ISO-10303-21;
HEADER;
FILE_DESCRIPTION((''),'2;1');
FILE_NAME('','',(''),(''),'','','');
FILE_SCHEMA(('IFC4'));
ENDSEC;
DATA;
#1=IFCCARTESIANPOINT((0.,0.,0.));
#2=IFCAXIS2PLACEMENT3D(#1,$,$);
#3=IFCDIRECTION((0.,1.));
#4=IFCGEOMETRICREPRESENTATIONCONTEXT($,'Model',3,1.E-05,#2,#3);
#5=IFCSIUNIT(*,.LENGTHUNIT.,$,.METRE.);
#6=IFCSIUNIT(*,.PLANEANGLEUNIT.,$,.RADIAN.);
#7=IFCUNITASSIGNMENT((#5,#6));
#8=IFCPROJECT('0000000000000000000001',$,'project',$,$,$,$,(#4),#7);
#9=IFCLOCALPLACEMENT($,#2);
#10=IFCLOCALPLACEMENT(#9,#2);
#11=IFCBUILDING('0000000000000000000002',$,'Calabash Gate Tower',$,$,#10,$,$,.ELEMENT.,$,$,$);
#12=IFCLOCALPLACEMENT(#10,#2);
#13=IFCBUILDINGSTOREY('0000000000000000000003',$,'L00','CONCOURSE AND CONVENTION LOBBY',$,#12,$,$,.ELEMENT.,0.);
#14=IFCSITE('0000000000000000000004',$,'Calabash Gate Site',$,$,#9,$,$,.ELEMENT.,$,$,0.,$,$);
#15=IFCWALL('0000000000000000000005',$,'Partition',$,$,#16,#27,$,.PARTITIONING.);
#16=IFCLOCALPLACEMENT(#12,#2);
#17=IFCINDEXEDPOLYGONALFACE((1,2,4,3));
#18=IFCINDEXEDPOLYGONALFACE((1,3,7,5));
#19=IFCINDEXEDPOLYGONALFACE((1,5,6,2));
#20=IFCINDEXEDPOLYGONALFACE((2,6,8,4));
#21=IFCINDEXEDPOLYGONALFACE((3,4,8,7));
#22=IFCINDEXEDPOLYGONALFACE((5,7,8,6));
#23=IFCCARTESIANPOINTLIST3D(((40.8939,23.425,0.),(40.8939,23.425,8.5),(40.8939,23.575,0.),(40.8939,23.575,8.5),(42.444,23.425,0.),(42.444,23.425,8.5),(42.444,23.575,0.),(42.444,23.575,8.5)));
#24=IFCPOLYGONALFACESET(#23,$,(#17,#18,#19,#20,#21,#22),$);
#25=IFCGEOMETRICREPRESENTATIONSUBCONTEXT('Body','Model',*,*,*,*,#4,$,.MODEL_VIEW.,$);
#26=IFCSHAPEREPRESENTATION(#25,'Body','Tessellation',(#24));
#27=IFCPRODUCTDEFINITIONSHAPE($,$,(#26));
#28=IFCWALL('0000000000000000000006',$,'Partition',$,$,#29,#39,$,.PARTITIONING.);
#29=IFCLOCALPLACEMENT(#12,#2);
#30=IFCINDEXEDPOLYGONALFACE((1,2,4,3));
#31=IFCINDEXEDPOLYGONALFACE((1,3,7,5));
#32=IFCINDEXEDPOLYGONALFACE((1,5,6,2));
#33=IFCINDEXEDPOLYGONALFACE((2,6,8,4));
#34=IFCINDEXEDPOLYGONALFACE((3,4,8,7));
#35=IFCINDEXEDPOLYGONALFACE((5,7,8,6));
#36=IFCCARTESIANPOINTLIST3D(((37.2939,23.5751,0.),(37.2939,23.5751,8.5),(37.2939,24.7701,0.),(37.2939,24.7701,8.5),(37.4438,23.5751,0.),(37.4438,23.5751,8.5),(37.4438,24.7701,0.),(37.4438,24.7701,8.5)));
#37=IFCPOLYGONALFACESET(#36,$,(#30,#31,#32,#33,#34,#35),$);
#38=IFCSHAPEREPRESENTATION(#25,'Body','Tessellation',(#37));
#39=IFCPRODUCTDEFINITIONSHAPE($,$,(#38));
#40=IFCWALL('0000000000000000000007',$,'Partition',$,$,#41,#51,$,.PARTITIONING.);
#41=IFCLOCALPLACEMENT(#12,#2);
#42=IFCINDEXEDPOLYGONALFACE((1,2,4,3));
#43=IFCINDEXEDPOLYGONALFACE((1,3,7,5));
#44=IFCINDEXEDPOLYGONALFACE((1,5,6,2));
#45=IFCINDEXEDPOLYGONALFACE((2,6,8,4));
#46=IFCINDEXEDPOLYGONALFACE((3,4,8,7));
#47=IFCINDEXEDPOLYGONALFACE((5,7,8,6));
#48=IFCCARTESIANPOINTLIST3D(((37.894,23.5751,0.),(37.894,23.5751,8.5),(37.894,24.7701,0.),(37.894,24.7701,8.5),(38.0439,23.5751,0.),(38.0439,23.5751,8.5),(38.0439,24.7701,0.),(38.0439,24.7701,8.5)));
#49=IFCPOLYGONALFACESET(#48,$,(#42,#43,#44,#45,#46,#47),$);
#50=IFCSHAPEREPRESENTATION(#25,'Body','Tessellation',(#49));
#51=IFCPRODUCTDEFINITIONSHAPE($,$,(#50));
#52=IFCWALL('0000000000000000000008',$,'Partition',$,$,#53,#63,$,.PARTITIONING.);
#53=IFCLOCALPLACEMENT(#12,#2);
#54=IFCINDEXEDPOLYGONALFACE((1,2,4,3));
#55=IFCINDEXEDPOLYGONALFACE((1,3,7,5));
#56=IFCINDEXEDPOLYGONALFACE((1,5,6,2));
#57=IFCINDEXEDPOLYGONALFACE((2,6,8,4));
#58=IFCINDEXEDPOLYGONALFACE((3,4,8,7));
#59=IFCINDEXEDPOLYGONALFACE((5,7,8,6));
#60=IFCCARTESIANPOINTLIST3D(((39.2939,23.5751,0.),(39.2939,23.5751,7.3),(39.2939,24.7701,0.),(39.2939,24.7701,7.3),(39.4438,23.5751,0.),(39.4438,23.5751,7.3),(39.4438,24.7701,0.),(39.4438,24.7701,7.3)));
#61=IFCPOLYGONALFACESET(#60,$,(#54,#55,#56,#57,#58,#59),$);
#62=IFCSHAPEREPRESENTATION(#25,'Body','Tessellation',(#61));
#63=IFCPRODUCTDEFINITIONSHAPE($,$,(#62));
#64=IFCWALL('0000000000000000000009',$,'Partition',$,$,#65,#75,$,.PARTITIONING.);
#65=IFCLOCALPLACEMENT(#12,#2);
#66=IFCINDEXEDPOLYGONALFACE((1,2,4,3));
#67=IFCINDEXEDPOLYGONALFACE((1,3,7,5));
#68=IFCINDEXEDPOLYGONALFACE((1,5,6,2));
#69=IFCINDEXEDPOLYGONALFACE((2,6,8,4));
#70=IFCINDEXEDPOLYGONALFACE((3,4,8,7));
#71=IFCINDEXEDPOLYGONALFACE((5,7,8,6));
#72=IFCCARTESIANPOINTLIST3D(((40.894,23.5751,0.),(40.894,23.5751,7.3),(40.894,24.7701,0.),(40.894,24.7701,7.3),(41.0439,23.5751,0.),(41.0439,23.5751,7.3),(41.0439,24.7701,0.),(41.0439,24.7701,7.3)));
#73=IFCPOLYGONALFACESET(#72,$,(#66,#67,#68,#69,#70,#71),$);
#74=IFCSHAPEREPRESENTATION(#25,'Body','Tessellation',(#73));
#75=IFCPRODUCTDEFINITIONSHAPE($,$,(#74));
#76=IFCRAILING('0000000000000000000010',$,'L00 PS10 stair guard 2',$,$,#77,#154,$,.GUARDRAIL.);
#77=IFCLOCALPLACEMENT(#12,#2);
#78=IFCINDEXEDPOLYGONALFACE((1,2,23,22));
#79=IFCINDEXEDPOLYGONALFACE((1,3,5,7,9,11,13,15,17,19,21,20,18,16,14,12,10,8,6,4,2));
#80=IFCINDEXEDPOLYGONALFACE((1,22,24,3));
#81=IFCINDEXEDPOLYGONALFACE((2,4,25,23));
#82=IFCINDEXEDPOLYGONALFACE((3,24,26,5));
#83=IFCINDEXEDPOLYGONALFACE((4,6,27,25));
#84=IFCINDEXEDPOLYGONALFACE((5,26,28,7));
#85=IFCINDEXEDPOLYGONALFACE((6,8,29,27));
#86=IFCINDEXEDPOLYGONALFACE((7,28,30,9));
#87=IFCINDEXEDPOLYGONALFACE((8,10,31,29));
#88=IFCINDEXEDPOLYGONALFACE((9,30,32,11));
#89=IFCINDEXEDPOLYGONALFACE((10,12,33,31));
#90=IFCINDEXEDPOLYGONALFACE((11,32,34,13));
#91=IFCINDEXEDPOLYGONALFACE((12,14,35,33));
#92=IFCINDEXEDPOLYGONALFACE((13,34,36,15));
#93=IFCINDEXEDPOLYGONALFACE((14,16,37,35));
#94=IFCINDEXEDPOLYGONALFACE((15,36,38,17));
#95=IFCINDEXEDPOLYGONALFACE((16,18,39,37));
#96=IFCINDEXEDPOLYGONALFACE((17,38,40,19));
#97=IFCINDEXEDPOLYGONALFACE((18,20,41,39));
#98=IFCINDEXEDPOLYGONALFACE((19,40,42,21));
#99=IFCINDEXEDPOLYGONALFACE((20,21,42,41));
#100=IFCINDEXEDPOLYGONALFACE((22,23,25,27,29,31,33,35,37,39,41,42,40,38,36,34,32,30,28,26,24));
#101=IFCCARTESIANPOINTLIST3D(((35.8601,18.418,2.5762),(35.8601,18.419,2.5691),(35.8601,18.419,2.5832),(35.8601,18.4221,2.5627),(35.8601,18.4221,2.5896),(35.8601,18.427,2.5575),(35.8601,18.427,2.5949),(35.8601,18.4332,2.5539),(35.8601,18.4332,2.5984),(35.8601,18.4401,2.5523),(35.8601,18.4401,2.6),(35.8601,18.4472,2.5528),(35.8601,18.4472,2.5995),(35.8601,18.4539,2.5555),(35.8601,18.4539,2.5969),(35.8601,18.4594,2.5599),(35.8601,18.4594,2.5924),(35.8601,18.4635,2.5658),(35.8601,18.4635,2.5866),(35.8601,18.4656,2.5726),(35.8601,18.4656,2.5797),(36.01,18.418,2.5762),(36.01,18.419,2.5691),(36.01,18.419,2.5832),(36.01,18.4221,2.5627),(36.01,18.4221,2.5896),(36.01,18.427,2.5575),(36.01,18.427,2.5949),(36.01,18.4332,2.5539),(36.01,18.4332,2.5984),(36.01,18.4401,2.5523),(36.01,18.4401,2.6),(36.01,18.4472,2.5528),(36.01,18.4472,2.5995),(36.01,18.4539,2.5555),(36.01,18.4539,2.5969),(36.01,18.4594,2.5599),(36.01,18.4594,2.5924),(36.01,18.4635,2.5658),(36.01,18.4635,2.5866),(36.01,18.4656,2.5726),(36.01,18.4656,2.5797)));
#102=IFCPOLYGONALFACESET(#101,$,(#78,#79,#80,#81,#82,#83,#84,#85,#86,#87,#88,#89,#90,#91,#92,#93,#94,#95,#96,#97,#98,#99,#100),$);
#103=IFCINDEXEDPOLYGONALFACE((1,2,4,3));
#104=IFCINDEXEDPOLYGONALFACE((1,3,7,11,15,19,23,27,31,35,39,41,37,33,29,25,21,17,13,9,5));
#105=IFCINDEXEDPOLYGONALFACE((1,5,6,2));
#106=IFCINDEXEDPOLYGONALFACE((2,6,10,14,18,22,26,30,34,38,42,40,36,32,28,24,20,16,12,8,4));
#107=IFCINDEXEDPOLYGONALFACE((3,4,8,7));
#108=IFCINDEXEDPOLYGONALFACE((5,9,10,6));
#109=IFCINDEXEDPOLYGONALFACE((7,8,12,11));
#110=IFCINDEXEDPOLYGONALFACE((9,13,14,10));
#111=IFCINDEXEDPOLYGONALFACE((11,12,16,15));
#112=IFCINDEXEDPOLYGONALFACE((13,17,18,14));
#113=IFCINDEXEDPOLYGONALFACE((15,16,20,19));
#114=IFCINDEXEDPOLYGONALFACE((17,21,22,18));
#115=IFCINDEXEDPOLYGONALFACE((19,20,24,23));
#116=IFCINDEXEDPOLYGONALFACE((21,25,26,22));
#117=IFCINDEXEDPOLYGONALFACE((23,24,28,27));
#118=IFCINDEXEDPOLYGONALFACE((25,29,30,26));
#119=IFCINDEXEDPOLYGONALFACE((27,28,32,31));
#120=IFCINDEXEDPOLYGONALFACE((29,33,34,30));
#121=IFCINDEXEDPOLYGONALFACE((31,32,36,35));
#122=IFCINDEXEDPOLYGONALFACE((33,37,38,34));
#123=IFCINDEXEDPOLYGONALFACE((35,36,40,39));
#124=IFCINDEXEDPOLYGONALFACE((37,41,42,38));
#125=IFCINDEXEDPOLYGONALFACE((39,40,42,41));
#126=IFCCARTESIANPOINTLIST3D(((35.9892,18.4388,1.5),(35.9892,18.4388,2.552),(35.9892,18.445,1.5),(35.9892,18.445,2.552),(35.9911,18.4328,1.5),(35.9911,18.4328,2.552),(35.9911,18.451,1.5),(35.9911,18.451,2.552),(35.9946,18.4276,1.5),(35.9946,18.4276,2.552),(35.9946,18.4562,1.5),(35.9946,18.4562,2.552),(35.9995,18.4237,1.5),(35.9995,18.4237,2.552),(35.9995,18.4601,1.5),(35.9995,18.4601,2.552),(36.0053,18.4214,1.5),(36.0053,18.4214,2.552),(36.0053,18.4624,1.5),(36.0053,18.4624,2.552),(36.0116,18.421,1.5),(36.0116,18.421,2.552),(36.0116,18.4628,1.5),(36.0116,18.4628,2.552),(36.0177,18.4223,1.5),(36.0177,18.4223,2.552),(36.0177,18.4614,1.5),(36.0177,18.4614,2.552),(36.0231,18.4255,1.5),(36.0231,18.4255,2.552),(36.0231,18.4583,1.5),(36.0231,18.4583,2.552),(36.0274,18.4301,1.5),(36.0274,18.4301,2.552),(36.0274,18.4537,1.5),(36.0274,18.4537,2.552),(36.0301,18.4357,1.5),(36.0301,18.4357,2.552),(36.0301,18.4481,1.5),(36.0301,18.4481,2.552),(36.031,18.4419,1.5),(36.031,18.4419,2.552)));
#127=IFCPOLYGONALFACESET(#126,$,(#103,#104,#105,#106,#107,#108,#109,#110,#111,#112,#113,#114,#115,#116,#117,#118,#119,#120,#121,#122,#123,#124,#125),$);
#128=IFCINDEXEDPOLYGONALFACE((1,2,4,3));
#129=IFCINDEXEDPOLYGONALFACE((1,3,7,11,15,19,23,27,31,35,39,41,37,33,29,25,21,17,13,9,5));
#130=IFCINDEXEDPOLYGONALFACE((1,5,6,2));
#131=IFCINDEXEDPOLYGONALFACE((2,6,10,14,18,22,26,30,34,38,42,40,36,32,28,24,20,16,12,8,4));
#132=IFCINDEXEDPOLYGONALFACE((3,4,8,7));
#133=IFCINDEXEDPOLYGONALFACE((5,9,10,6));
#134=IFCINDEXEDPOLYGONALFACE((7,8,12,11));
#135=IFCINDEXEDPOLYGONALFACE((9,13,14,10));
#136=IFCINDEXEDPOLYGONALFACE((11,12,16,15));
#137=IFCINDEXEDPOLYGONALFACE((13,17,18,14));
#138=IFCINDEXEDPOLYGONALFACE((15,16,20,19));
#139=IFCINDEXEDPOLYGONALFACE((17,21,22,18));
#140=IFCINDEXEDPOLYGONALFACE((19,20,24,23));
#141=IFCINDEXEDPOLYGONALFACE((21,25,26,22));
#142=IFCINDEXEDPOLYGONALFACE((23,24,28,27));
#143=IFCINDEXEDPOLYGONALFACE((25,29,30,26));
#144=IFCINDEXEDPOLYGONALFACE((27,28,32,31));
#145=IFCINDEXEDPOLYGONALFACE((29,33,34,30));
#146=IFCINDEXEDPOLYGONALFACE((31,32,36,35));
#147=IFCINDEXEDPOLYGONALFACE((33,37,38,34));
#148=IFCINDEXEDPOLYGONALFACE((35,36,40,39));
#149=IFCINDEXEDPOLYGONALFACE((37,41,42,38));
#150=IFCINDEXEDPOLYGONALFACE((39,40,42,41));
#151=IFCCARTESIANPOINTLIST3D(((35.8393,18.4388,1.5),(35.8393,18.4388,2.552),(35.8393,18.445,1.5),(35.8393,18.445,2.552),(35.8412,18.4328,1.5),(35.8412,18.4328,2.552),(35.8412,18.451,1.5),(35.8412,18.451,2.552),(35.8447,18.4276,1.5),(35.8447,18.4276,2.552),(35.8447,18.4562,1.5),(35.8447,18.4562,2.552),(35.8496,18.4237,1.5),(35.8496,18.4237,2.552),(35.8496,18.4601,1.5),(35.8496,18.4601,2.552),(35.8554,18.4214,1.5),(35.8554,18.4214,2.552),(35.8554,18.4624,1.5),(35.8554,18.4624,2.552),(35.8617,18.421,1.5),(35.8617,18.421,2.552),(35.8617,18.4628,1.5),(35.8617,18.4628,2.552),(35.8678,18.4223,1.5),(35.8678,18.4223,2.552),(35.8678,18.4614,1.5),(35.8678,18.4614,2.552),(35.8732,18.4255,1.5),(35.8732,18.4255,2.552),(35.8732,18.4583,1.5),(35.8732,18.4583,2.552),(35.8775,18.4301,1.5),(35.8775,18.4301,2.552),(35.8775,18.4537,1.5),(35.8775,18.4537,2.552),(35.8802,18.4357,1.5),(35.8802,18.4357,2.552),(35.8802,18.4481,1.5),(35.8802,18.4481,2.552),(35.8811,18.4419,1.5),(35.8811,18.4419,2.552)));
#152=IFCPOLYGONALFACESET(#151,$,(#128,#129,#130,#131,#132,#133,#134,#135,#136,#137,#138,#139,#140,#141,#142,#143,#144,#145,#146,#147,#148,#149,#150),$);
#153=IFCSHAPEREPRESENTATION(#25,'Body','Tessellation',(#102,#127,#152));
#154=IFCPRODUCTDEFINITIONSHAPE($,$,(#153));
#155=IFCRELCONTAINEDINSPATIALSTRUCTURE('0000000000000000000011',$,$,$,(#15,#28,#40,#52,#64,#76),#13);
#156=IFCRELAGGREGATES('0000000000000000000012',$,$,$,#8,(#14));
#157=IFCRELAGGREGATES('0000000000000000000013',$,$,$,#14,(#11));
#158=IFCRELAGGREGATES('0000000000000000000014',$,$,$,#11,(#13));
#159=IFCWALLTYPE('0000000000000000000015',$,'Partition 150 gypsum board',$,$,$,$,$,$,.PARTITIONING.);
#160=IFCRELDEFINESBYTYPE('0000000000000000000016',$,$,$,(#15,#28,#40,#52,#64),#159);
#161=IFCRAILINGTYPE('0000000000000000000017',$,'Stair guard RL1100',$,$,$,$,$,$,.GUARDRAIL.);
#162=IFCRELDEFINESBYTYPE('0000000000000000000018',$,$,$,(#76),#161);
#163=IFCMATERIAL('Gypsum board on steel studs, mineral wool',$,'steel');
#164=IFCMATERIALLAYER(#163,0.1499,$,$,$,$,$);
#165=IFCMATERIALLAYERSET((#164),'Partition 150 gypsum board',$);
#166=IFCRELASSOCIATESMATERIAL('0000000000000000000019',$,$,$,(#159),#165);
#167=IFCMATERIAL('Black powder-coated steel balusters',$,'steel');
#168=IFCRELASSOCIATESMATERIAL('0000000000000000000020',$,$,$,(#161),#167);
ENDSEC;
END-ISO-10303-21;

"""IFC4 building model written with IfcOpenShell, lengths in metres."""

from ifc_helpers import new_model, si_unit, direction, frame, frame_2d, origin, origin_2d, place, context, subcontext, project, spatial, rectangle, circle, extrude, material, layer, layer_set, type_object, element, save


model = new_model("IFC4")

# Units and contexts
model_context = context("Model", 3, precision=1e-05, world=origin(), true_north=direction((0.0, 1.0)))
body_context = subcontext(model_context, "Body", "Model", "MODEL_VIEW")
ifc_project = project(units=[si_unit("LENGTHUNIT", "METRE"), si_unit("PLANEANGLEUNIT", "RADIAN")], contexts=[model_context])

# Site, building, storey
site_placement = place(None, origin())
site = spatial("IfcSite", under=ifc_project, at=site_placement, Name="Calabash Gate Site", CompositionType="ELEMENT", RefElevation=0.0)
building_placement = place(site_placement, origin())
building = spatial("IfcBuilding", under=site, at=building_placement, Name="Calabash Gate Tower", CompositionType="ELEMENT")
storey_placement = place(building_placement, origin())
storey = spatial("IfcBuildingStorey", under=building, at=storey_placement, Name="L00", Description="CONCOURSE AND CONVENTION LOBBY", CompositionType="ELEMENT", Elevation=0.0)

# Walls
ifc_material_1 = material(Name="Gypsum board on steel studs, mineral wool", Category="steel")
ifc_layer = layer(ifc_material_1, 0.1499)
ifc_layer_set = layer_set([ifc_layer], Name="Partition 150 gypsum board")
wall_type = type_object("IfcWallType", Name="Partition 150 gypsum board", PredefinedType="PARTITIONING", material=ifc_layer_set)
for number, where, z_axis, x_axis, name in (
    (1, (40.894, 23.5, 0.0), (0.0, 0.0, 1.0), (1.0, 0.0, 0.0), "Partition"),
):
    element("IfcWall", number, at=place(storey_placement, frame(where, z_axis=z_axis, x_axis=x_axis)), inside=storey, type_object=wall_type, Name=name, PredefinedType="PARTITIONING", context=body_context, shape_type="SweptSolid", body=[
        extrude(rectangle(XDim=1.55, YDim=0.1499, at=frame_2d((0.7749, 0.0))), origin(), (0.0, 0.0, 1.0), 8.5),
    ])
for number, where, z_axis, x_axis, name in (
    (2, (37.3689, 23.575, 0.0), (0.0, 0.0, 1.0), (0.0, 1.0, 0.0), "Partition"),
    (3, (37.969, 23.575, 0.0), (0.0, 0.0, 1.0), (0.0, 1.0, 0.0), "Partition"),
):
    element("IfcWall", number, at=place(storey_placement, frame(where, z_axis=z_axis, x_axis=x_axis)), inside=storey, type_object=wall_type, Name=name, PredefinedType="PARTITIONING", context=body_context, shape_type="SweptSolid", body=[
        extrude(rectangle(XDim=1.1951, YDim=0.1499, at=frame_2d((0.5977, 0.0))), origin(), (0.0, 0.0, 1.0), 8.5),
    ])
for number, where, z_axis, x_axis, name in (
    (4, (39.3689, 23.575, 0.0), (0.0, 0.0, 1.0), (0.0, 1.0, 0.0), "Partition"),
    (5, (40.969, 23.575, 0.0), (0.0, 0.0, 1.0), (0.0, 1.0, 0.0), "Partition"),
):
    element("IfcWall", number, at=place(storey_placement, frame(where, z_axis=z_axis, x_axis=x_axis)), inside=storey, type_object=wall_type, Name=name, PredefinedType="PARTITIONING", context=body_context, shape_type="SweptSolid", body=[
        extrude(rectangle(XDim=1.1951, YDim=0.1499, at=frame_2d((0.5977, 0.0))), origin(), (0.0, 0.0, 1.0), 7.3),
    ])

# Railing
ifc_material_2 = material(Name="Black powder-coated steel balusters", Category="steel")
railing_type = type_object("IfcRailingType", Name="Stair guard RL1100", PredefinedType="GUARDRAIL", material=ifc_material_2)
for number, where, name in (
    (6, (36.01, 18.4419, 1.5), "L00 PS10 stair guard 2"),
):
    element("IfcRailing", number, at=place(storey_placement, frame(where)), inside=storey, type_object=railing_type, Name=name, PredefinedType="GUARDRAIL", context=body_context, shape_type="SweptSolid", body=[
        extrude(circle(Radius=0.0239, at=origin_2d()), frame((0.0, 0.0, 1.0762), z_axis=(-1.0, 0.0, 0.0), x_axis=(0.0, -1.0, 0.0)), (0.0, 0.0, 1.0), 0.1499),
        extrude(circle(Radius=0.021, at=origin_2d()), origin(), (0.0, 0.0, 1.0), 1.052),
        extrude(circle(Radius=0.021, at=origin_2d()), frame((-0.1499, 0.0, 0.0)), (0.0, 0.0, 1.0), 1.052),
    ])

save(model, "model.ifc")
